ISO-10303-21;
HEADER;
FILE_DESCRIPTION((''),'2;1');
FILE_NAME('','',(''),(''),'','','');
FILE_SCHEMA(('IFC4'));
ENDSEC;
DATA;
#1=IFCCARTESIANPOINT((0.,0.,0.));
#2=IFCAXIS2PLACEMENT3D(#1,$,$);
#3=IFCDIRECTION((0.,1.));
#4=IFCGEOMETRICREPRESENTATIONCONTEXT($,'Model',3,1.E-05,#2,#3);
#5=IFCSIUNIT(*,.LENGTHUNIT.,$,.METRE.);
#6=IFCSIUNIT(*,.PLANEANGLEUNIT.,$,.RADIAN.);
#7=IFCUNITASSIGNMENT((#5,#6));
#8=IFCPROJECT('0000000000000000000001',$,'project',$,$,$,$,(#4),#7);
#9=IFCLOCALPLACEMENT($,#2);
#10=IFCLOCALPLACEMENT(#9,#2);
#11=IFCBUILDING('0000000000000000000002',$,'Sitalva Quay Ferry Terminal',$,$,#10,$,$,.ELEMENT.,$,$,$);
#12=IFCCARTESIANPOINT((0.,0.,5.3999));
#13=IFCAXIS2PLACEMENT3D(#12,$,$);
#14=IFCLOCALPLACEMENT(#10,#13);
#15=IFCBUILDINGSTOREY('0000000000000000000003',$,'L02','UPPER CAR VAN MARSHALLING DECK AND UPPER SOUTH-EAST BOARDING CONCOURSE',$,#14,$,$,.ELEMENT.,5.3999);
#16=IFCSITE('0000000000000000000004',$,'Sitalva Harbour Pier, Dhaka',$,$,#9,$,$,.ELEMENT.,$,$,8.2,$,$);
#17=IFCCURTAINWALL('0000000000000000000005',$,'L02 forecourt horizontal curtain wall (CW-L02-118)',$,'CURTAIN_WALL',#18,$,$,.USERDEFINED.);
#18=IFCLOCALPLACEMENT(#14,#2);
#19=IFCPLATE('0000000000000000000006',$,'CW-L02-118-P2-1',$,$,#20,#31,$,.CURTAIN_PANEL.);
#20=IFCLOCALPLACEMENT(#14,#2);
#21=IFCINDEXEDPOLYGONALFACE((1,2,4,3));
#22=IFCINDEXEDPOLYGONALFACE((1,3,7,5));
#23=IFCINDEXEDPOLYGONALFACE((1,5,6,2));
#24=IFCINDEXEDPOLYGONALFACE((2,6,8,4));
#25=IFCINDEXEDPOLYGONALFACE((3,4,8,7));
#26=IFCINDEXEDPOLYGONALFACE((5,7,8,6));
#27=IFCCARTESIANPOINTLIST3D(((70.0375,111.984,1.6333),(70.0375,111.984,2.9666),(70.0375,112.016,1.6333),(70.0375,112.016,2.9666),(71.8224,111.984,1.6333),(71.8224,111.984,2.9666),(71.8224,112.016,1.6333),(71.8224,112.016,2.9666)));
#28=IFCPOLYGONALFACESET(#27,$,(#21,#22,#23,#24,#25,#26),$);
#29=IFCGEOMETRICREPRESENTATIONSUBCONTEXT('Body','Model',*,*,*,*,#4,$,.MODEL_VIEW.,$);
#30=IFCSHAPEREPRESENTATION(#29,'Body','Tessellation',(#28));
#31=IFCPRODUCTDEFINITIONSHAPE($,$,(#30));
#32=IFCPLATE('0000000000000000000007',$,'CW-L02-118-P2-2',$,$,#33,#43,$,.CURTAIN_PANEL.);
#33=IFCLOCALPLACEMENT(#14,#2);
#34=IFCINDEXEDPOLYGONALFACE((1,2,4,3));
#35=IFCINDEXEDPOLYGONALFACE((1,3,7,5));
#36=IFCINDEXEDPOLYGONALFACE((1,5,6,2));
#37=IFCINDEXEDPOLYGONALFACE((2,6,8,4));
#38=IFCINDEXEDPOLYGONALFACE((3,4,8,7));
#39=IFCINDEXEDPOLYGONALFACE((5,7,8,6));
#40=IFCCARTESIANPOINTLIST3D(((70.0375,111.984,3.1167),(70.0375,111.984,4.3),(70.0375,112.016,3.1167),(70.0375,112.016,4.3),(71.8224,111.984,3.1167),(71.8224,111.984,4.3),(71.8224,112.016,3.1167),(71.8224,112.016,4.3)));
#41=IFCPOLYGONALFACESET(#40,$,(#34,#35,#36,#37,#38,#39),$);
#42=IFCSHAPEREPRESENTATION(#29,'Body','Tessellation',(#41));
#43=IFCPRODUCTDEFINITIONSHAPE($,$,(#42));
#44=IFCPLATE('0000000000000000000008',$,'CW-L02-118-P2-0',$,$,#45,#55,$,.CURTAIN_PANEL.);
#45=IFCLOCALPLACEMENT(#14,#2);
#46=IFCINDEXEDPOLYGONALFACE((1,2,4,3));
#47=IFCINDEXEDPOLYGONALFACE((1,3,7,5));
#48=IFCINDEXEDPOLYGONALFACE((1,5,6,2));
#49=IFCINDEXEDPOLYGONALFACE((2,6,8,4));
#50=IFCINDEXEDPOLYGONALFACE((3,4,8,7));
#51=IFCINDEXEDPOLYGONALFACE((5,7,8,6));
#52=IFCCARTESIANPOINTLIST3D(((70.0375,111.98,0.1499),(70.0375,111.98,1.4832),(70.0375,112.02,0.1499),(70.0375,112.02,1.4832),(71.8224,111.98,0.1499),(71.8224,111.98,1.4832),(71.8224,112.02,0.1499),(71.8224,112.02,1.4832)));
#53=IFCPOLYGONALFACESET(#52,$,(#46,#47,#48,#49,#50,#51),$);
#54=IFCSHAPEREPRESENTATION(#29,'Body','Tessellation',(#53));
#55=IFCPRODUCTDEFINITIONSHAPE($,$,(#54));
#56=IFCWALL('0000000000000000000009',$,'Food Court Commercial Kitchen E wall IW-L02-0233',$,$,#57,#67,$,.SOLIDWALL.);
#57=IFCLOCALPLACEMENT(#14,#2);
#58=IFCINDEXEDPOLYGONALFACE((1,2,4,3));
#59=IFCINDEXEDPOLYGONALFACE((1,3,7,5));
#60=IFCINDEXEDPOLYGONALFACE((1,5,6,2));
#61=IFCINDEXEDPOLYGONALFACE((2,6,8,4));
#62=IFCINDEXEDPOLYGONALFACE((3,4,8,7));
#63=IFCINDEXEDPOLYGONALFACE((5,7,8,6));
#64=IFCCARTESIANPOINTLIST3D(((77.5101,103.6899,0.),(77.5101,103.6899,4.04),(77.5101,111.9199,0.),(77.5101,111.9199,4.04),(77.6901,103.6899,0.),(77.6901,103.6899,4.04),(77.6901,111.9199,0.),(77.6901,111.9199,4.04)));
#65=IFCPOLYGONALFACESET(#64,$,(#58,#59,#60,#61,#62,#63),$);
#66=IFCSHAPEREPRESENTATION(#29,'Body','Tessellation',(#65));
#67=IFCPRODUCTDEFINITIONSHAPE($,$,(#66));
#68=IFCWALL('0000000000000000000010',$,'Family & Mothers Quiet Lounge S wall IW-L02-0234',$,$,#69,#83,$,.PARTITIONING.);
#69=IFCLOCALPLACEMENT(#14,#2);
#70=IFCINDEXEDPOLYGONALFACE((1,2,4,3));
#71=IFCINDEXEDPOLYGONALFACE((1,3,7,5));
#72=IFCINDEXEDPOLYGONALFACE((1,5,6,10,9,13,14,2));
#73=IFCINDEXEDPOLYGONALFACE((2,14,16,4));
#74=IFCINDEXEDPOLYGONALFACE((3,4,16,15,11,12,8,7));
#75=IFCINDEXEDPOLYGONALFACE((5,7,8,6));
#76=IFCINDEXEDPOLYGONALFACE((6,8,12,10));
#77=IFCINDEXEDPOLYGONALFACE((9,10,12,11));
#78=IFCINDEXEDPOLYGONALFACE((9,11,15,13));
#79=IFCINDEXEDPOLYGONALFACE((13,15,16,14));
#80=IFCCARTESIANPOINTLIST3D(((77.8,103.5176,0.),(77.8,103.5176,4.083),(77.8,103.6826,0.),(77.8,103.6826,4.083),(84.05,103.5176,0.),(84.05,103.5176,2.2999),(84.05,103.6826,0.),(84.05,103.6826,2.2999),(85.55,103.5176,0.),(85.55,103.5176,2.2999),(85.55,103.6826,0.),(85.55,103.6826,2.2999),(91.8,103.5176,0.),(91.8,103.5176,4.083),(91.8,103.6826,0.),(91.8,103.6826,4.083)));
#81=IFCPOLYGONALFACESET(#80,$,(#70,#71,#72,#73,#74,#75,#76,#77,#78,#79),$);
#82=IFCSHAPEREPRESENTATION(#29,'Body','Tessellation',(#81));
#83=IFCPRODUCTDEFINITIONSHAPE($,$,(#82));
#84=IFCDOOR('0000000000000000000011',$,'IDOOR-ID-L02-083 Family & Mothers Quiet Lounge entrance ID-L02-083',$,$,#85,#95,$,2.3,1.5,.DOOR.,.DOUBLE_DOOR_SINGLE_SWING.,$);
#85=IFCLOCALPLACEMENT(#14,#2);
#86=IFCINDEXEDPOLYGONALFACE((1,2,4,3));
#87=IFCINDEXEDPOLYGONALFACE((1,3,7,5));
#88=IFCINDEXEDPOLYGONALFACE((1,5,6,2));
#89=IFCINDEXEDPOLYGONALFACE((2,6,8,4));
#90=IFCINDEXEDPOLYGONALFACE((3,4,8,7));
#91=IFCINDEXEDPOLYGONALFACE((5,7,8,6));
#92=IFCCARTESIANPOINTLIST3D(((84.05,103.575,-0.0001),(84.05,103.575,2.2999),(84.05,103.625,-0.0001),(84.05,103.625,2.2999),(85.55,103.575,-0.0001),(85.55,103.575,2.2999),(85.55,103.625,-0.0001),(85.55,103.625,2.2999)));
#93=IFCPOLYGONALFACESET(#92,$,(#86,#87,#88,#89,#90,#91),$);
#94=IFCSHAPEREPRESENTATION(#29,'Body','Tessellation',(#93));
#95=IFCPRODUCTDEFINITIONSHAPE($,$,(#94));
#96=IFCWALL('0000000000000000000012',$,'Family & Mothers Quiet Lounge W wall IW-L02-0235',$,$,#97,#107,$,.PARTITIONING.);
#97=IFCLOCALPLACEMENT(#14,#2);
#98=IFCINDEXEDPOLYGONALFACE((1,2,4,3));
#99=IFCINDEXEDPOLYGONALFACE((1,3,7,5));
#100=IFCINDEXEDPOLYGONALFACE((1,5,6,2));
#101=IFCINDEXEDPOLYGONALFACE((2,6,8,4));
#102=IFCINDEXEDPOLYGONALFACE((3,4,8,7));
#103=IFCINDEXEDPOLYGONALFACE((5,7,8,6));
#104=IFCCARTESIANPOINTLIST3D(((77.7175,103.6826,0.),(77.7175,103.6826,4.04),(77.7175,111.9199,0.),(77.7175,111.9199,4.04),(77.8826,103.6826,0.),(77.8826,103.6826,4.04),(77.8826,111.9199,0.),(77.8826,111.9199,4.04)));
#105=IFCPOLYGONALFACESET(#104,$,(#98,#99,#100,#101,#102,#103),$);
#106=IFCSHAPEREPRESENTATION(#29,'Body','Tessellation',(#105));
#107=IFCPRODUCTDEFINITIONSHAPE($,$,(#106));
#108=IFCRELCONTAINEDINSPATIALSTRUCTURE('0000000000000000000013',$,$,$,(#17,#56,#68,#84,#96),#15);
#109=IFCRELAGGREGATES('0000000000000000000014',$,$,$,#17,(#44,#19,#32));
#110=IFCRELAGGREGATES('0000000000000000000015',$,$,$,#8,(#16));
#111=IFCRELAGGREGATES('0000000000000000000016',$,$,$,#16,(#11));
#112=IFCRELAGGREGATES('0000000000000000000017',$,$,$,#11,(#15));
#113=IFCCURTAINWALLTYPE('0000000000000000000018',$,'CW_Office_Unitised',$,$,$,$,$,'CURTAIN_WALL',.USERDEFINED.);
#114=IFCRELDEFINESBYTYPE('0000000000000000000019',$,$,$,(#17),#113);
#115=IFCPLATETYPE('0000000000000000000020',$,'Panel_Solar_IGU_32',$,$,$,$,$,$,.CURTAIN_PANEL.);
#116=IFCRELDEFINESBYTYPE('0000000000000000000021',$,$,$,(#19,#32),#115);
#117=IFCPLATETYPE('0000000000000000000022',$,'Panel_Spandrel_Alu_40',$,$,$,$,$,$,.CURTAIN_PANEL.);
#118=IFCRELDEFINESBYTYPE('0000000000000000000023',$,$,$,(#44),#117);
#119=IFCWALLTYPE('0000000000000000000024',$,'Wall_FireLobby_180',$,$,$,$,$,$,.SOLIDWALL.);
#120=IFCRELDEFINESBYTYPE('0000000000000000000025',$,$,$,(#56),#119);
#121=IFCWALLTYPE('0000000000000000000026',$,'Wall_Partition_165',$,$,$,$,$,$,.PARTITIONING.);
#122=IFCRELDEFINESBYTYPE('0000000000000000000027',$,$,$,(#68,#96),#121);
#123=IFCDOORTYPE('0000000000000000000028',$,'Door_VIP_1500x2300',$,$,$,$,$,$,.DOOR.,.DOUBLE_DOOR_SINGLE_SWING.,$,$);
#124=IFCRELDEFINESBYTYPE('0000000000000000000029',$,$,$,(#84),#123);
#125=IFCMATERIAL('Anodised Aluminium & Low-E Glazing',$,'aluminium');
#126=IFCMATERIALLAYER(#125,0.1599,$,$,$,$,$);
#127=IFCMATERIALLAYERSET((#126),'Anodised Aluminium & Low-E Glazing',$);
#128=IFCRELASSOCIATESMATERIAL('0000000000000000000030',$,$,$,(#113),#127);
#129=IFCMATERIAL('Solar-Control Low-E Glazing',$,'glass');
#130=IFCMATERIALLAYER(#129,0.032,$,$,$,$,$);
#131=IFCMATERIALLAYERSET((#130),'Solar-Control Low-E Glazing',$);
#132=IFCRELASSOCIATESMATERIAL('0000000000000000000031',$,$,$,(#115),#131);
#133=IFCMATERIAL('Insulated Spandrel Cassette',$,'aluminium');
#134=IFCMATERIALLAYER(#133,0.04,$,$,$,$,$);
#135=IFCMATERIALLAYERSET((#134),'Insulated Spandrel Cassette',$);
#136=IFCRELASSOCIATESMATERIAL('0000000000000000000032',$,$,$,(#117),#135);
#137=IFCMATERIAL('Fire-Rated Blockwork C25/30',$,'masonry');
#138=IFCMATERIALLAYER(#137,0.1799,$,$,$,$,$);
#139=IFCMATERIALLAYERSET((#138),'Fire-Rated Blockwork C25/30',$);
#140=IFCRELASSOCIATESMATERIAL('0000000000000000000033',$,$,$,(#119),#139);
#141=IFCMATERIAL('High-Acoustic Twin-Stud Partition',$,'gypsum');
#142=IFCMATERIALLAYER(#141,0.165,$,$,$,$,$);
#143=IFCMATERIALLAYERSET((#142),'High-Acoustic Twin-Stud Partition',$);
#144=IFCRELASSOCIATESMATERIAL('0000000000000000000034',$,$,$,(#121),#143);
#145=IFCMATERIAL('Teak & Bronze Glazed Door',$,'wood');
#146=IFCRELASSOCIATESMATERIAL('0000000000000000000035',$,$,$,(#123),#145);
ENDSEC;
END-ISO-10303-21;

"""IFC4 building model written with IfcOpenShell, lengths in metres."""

from ifc_helpers import new_model, si_unit, direction, frame, frame_2d, origin, origin_2d, place, context, subcontext, project, spatial, rectangle, extrude, material, layer, layer_set, type_object, element, fill, aggregate, save


model = new_model("IFC4")

# Units and contexts
model_context = context("Model", 3, precision=1e-05, world=origin(), true_north=direction((0.0, 1.0)))
body_context = subcontext(model_context, "Body", "Model", "MODEL_VIEW")
ifc_project = project(units=[si_unit("LENGTHUNIT", "METRE"), si_unit("PLANEANGLEUNIT", "RADIAN")], contexts=[model_context])

# Site, building, storey
site_placement = place(None, origin())
site = spatial("IfcSite", under=ifc_project, at=site_placement, Name="Sitalva Harbour Pier, Dhaka", CompositionType="ELEMENT", RefElevation=8.2)
building_placement = place(site_placement, origin())
building = spatial("IfcBuilding", under=site, at=building_placement, Name="Sitalva Quay Ferry Terminal", CompositionType="ELEMENT")
storey_placement = place(building_placement, frame((0.0, 0.0, 5.3999)))
storey = spatial("IfcBuildingStorey", under=building, at=storey_placement, Name="L02", Description="UPPER CAR VAN MARSHALLING DECK AND UPPER SOUTH-EAST BOARDING CONCOURSE", CompositionType="ELEMENT", Elevation=5.3999)

# Curtain wall, plates
ifc_material_1 = material(Name="Anodised Aluminium & Low-E Glazing", Category="aluminium")
ifc_layer_1 = layer(ifc_material_1, 0.1599)
ifc_layer_set_1 = layer_set([ifc_layer_1], Name="Anodised Aluminium & Low-E Glazing")
curtain_wall_type = type_object("IfcCurtainWallType", Name="CW_Office_Unitised", ElementType="CURTAIN_WALL", PredefinedType="USERDEFINED", material=ifc_layer_set_1)
curtain_wall_placement = place(storey_placement, origin())
curtain_wall = element("IfcCurtainWall", 1, at=curtain_wall_placement, inside=storey, type_object=curtain_wall_type, Name="L02 forecourt horizontal curtain wall (CW-L02-118)", ObjectType="CURTAIN_WALL", PredefinedType="USERDEFINED")
ifc_material_2 = material(Name="Solar-Control Low-E Glazing", Category="glass")
ifc_layer_2 = layer(ifc_material_2, 0.032)
ifc_layer_set_2 = layer_set([ifc_layer_2], Name="Solar-Control Low-E Glazing")
plate_type_1 = type_object("IfcPlateType", Name="Panel_Solar_IGU_32", PredefinedType="CURTAIN_PANEL", material=ifc_layer_set_2)
plate_1_placement = place(storey_placement, frame((70.9299, 112.0, 1.6333), z_axis=(0.0, 0.0, 1.0), x_axis=(1.0, 0.0, 0.0)))
plate_1 = element("IfcPlate", 2, at=plate_1_placement, type_object=plate_type_1, Name="CW-L02-118-P2-1", PredefinedType="CURTAIN_PANEL", context=body_context, shape_type="SweptSolid", body=[
    extrude(rectangle(XDim=1.7849, YDim=0.032, at=origin_2d()), origin(), (0.0, 0.0, 1.0), 1.3333),
])
plate_2_placement = place(storey_placement, frame((70.9299, 112.0, 3.1167), z_axis=(0.0, 0.0, 1.0), x_axis=(1.0, 0.0, 0.0)))
plate_2 = element("IfcPlate", 3, at=plate_2_placement, type_object=plate_type_1, Name="CW-L02-118-P2-2", PredefinedType="CURTAIN_PANEL", context=body_context, shape_type="SweptSolid", body=[
    extrude(rectangle(XDim=1.7849, YDim=0.032, at=origin_2d()), origin(), (0.0, 0.0, 1.0), 1.1833),
])
ifc_material_3 = material(Name="Insulated Spandrel Cassette", Category="aluminium")
ifc_layer_3 = layer(ifc_material_3, 0.04)
ifc_layer_set_3 = layer_set([ifc_layer_3], Name="Insulated Spandrel Cassette")
plate_type_2 = type_object("IfcPlateType", Name="Panel_Spandrel_Alu_40", PredefinedType="CURTAIN_PANEL", material=ifc_layer_set_3)
plate_3_placement = place(storey_placement, frame((70.9299, 112.0, 0.1499), z_axis=(0.0, 0.0, 1.0), x_axis=(1.0, 0.0, 0.0)))
plate_3 = element("IfcPlate", 4, at=plate_3_placement, type_object=plate_type_2, Name="CW-L02-118-P2-0", PredefinedType="CURTAIN_PANEL", context=body_context, shape_type="SweptSolid", body=[
    extrude(rectangle(XDim=1.7849, YDim=0.04, at=origin_2d()), origin(), (0.0, 0.0, 1.0), 1.3333),
])
aggregate(curtain_wall, [plate_3, plate_1, plate_2])

# Wall
ifc_material_4 = material(Name="Fire-Rated Blockwork C25/30", Category="masonry")
ifc_layer_4 = layer(ifc_material_4, 0.1799)
ifc_layer_set_4 = layer_set([ifc_layer_4], Name="Fire-Rated Blockwork C25/30")
wall_type_1 = type_object("IfcWallType", Name="Wall_FireLobby_180", PredefinedType="SOLIDWALL", material=ifc_layer_set_4)
wall_1_placement = place(storey_placement, frame((77.6001, 103.6899, 0.0), z_axis=(0.0, 0.0, 1.0), x_axis=(0.0, 1.0, 0.0)))
element("IfcWall", 5, at=wall_1_placement, inside=storey, type_object=wall_type_1, Name="Food Court Commercial Kitchen E wall IW-L02-0233", PredefinedType="SOLIDWALL", context=body_context, shape_type="SweptSolid", body=[
    extrude(rectangle(XDim=8.23, YDim=0.1799, at=frame_2d((4.115, 0.0))), origin(), (0.0, 0.0, 1.0), 4.04),
])

# Wall, opening, door
ifc_material_5 = material(Name="High-Acoustic Twin-Stud Partition", Category="gypsum")
ifc_layer_5 = layer(ifc_material_5, 0.165)
ifc_layer_set_5 = layer_set([ifc_layer_5], Name="High-Acoustic Twin-Stud Partition")
wall_type_2 = type_object("IfcWallType", Name="Wall_Partition_165", PredefinedType="PARTITIONING", material=ifc_layer_set_5)
wall_2_placement = place(storey_placement, frame((77.8, 103.6001, 0.0), z_axis=(0.0, 0.0, 1.0), x_axis=(1.0, 0.0, 0.0)))
wall_2 = element("IfcWall", 6, at=wall_2_placement, inside=storey, type_object=wall_type_2, Name="Family & Mothers Quiet Lounge S wall IW-L02-0234", PredefinedType="PARTITIONING", context=body_context, shape_type="SweptSolid", body=[
    extrude(rectangle(XDim=14.0, YDim=0.165, at=frame_2d((7.0, 0.0))), origin(), (0.0, 0.0, 1.0), 4.083),
])
opening_placement = place(wall_2_placement, frame((6.25, 0.0, 0.0)))
opening = element("IfcOpeningElement", 7, at=opening_placement, cuts=wall_2, PredefinedType="OPENING", context=body_context, shape_type="SweptSolid", body=[
    extrude(rectangle(XDim=1.5, YDim=2.3, at=frame_2d((0.75, 1.1499))), frame((0.0, 0.0925, 0.0), z_axis=(0.0, -1.0, 0.0), x_axis=(1.0, 0.0, 0.0)), (0.0, 0.0, 1.0), 0.1851),
])
ifc_material_6 = material(Name="Teak & Bronze Glazed Door", Category="wood")
door_type = type_object("IfcDoorType", Name="Door_VIP_1500x2300", OperationType="DOUBLE_DOOR_SINGLE_SWING", PredefinedType="DOOR", material=ifc_material_6)
door_placement = place(opening_placement, origin())
door = element("IfcDoor", 8, at=door_placement, inside=storey, type_object=door_type, Name="IDOOR-ID-L02-083 Family & Mothers Quiet Lounge entrance ID-L02-083", OperationType="DOUBLE_DOOR_SINGLE_SWING", OverallHeight=2.3, OverallWidth=1.5, PredefinedType="DOOR", context=body_context, shape_type="SweptSolid", body=[
    extrude(rectangle(XDim=1.5, YDim=2.3, at=frame_2d((0.75, 1.1499))), frame((0.0, 0.0249, 0.0), z_axis=(0.0, -1.0, 0.0), x_axis=(1.0, 0.0, 0.0)), (0.0, 0.0, 1.0), 0.05),
])
fill(opening, door)

# Wall
wall_3_placement = place(storey_placement, frame((77.8, 103.6826, 0.0), z_axis=(0.0, 0.0, 1.0), x_axis=(0.0, 1.0, 0.0)))
element("IfcWall", 9, at=wall_3_placement, inside=storey, type_object=wall_type_2, Name="Family & Mothers Quiet Lounge W wall IW-L02-0235", PredefinedType="PARTITIONING", context=body_context, shape_type="SweptSolid", body=[
    extrude(rectangle(XDim=8.2373, YDim=0.165, at=frame_2d((4.1187, 0.0))), origin(), (0.0, 0.0, 1.0), 4.04),
])

save(model, "model.ifc")
